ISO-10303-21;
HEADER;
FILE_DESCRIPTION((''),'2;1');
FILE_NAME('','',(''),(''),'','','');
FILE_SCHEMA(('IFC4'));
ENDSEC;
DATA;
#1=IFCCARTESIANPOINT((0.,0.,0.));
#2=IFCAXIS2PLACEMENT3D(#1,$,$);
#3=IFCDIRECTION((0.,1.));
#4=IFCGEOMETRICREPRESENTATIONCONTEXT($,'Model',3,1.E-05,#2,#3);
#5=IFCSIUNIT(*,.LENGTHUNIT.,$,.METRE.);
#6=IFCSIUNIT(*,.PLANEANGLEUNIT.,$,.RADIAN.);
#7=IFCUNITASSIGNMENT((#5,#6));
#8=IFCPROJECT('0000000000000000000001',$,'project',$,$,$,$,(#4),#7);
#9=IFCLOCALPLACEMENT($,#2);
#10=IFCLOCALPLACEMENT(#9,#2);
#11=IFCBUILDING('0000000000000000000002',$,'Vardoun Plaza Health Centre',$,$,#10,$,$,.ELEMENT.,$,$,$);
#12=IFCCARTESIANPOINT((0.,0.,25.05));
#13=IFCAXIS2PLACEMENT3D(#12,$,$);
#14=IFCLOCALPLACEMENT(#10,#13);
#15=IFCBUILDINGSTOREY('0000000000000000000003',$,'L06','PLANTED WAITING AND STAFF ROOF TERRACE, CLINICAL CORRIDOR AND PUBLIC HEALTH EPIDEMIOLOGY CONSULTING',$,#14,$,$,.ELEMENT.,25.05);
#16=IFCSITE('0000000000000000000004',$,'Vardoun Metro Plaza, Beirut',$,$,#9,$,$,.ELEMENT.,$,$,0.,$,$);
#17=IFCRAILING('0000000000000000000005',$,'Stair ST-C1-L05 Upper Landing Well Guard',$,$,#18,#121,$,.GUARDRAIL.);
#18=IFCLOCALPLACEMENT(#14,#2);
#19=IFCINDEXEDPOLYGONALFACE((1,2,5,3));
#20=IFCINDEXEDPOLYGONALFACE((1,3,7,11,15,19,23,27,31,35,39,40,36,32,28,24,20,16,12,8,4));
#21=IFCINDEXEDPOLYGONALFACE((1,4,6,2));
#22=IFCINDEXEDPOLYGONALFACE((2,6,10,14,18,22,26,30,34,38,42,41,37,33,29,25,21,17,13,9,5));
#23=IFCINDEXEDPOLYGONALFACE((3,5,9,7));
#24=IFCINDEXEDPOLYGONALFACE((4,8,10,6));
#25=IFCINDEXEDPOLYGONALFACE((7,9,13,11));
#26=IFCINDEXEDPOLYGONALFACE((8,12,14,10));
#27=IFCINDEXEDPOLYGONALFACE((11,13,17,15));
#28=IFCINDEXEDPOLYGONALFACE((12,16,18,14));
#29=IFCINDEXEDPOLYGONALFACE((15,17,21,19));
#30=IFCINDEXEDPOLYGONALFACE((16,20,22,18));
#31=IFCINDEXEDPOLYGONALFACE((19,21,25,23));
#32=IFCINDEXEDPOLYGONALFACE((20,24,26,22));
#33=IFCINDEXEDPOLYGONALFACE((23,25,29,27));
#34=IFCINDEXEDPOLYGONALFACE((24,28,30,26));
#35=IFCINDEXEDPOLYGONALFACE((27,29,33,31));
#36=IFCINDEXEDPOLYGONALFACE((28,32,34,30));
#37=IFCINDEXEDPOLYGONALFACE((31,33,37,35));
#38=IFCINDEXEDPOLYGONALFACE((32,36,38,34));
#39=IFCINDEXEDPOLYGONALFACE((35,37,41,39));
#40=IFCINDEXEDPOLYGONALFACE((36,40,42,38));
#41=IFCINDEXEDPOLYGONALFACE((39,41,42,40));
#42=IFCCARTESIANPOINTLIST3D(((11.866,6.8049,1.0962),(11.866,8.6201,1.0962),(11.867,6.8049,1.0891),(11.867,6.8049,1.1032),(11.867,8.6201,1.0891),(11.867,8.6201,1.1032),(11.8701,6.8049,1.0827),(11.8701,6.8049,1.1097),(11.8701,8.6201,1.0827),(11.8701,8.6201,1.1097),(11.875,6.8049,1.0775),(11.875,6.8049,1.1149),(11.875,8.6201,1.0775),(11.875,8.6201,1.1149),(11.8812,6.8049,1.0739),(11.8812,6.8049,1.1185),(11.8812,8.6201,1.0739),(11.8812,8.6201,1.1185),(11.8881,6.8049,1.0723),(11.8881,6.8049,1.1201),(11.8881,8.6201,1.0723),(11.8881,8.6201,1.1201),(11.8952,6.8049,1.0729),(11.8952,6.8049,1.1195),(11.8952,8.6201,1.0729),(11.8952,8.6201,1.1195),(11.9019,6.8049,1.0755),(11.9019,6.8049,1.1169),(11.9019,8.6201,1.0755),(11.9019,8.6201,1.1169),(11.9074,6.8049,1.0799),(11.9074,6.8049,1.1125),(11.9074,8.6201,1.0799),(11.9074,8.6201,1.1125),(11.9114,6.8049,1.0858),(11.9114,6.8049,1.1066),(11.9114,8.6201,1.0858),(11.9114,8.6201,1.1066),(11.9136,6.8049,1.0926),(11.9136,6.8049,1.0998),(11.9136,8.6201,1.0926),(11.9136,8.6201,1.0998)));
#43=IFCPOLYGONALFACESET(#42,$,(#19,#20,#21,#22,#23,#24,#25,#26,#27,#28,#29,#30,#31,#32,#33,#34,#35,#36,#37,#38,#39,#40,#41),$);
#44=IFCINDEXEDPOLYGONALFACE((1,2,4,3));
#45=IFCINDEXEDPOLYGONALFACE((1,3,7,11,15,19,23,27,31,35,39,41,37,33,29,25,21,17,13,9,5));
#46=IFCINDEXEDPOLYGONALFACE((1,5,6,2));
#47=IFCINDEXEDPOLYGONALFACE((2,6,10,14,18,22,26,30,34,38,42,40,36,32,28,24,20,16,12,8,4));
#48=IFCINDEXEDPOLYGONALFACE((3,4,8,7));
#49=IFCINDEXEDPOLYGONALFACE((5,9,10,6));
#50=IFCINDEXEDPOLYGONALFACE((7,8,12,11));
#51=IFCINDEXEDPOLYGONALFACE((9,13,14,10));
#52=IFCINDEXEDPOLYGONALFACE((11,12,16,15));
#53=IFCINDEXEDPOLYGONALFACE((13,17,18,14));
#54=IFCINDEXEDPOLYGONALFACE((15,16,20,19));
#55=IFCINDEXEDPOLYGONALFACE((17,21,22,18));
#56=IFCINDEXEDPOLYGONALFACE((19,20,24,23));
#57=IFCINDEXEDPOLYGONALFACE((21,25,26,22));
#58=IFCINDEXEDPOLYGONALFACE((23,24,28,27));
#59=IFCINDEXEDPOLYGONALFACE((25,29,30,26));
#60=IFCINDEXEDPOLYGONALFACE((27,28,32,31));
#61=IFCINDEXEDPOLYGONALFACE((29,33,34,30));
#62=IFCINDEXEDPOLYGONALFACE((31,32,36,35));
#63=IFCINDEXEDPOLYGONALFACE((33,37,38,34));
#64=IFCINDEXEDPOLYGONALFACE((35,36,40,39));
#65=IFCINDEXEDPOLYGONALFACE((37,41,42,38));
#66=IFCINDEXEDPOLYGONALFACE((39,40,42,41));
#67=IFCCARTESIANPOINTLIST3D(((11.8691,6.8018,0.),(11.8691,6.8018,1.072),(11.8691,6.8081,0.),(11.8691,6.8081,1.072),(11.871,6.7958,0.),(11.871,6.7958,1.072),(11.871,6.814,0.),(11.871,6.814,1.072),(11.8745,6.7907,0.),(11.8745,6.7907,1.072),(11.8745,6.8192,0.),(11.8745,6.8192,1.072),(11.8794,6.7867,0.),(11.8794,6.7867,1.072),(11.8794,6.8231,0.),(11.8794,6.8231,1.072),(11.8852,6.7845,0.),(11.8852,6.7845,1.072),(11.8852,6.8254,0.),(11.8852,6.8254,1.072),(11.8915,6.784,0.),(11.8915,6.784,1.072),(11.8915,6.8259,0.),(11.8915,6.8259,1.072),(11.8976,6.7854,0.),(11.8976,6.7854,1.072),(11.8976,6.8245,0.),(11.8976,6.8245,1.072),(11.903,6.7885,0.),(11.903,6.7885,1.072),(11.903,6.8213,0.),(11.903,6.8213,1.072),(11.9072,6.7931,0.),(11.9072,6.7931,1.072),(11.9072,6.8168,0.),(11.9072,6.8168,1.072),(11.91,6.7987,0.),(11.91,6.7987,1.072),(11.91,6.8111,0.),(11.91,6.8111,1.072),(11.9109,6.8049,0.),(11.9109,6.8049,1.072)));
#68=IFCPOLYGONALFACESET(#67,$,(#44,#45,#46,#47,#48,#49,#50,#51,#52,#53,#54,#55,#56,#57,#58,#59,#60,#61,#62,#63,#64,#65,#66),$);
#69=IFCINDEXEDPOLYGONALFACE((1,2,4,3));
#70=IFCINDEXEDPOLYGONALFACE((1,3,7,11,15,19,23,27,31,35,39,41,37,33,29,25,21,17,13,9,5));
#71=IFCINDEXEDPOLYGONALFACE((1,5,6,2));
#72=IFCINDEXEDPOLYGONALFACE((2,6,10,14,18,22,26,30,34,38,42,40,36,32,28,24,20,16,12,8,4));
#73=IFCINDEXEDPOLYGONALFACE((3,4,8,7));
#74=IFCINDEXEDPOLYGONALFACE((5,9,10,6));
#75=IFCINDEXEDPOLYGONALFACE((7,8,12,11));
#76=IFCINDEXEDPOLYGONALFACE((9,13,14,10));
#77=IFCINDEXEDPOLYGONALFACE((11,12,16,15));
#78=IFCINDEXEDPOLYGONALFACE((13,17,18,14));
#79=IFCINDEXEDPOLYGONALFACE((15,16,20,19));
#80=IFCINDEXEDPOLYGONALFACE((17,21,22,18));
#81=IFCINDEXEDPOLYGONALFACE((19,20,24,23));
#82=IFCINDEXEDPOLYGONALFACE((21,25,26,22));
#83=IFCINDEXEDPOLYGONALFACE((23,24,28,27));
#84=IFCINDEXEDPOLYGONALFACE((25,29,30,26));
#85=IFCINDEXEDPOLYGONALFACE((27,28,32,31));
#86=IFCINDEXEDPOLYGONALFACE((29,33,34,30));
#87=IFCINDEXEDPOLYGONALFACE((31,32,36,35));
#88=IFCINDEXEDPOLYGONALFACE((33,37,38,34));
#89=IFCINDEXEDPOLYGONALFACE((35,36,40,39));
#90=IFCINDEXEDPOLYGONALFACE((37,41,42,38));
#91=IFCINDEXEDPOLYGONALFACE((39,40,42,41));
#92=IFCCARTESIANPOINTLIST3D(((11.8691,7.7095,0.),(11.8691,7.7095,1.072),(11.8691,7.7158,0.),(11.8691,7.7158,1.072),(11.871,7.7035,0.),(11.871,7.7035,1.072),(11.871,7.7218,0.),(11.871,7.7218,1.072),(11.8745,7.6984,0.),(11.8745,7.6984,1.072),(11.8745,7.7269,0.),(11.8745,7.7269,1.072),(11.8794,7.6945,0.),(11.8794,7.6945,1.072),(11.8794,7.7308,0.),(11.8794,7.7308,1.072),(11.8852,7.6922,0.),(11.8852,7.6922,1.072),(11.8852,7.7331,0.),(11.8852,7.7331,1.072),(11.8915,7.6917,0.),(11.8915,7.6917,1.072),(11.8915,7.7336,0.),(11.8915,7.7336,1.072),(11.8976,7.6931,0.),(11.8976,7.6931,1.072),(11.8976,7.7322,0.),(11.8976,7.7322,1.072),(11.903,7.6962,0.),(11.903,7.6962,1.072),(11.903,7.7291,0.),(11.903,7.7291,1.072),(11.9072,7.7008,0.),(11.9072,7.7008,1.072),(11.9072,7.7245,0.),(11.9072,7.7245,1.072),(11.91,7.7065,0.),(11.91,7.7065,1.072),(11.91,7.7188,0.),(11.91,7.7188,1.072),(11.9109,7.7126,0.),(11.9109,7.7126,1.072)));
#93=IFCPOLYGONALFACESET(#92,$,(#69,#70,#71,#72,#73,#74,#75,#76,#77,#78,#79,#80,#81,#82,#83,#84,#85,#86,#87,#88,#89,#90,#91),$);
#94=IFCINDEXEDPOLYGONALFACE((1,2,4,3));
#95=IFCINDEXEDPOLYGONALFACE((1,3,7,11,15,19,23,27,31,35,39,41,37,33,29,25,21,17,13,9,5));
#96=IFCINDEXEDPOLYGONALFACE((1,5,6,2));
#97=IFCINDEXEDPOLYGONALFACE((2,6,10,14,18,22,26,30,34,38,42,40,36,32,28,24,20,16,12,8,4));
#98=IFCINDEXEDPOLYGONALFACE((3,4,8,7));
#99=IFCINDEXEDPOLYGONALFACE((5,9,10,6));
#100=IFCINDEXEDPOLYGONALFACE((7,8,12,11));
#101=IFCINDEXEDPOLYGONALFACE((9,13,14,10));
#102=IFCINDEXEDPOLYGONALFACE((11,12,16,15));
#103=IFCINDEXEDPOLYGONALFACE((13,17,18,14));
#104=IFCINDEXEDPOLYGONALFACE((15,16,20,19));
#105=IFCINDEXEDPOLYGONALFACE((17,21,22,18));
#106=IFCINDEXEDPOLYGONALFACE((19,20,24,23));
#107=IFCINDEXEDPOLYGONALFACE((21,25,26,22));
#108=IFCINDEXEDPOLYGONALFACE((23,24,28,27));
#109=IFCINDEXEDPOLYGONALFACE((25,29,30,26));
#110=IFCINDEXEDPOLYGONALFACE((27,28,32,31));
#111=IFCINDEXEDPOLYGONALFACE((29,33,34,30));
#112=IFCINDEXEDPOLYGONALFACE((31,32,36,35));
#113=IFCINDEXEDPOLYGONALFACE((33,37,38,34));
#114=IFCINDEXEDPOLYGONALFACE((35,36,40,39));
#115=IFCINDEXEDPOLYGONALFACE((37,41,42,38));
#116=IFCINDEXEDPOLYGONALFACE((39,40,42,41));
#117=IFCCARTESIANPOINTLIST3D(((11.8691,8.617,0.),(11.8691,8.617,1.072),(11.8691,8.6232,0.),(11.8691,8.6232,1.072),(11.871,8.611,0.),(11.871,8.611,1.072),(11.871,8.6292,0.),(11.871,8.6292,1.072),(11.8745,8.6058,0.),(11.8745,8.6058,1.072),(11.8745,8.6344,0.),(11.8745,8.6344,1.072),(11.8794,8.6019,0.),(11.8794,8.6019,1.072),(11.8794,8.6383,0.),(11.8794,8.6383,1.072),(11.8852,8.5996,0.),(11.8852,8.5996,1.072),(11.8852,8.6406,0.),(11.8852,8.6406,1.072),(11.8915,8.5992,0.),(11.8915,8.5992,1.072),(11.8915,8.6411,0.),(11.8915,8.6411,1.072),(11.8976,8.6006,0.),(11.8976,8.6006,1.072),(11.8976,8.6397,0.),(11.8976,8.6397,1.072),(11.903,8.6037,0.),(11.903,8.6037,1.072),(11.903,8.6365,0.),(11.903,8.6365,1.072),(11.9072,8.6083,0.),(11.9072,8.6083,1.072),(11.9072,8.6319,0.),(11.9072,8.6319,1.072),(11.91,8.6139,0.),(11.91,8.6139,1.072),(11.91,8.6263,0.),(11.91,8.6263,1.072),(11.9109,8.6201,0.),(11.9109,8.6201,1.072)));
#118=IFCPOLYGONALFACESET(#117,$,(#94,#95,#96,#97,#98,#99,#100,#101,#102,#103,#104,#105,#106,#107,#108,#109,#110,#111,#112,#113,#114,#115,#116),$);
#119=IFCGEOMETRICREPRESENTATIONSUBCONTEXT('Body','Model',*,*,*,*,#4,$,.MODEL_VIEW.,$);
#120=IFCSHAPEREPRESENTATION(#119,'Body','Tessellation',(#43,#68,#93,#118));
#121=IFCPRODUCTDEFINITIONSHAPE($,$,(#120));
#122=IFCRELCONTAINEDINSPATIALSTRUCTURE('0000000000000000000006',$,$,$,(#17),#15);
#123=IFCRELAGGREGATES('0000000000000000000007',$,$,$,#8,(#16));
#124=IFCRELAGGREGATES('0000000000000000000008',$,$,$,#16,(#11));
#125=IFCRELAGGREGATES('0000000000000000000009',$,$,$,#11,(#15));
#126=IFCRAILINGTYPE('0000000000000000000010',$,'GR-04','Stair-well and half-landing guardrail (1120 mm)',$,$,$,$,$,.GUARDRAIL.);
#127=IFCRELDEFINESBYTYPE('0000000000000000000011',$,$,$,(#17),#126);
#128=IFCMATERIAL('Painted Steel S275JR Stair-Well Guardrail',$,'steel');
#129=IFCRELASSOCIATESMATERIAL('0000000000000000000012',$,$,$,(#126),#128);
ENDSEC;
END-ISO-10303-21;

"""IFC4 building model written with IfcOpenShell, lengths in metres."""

from ifc_helpers import new_model, si_unit, direction, frame, origin, origin_2d, place, context, subcontext, project, spatial, circle, extrude, material, type_object, element, save


model = new_model("IFC4")

# Units and contexts
model_context = context("Model", 3, precision=1e-05, world=origin(), true_north=direction((0.0, 1.0)))
body_context = subcontext(model_context, "Body", "Model", "MODEL_VIEW")
ifc_project = project(units=[si_unit("LENGTHUNIT", "METRE"), si_unit("PLANEANGLEUNIT", "RADIAN")], contexts=[model_context])

# Site, building, storey
site_placement = place(None, origin())
site = spatial("IfcSite", under=ifc_project, at=site_placement, Name="Vardoun Metro Plaza, Beirut", CompositionType="ELEMENT", RefElevation=0.0)
building_placement = place(site_placement, origin())
building = spatial("IfcBuilding", under=site, at=building_placement, Name="Vardoun Plaza Health Centre", CompositionType="ELEMENT")
storey_placement = place(building_placement, frame((0.0, 0.0, 25.05)))
storey = spatial("IfcBuildingStorey", under=building, at=storey_placement, Name="L06", Description="PLANTED WAITING AND STAFF ROOF TERRACE, CLINICAL CORRIDOR AND PUBLIC HEALTH EPIDEMIOLOGY CONSULTING", CompositionType="ELEMENT", Elevation=25.05)

# Railing
ifc_material_1 = material(Name="Painted Steel S275JR Stair-Well Guardrail", Category="steel")
railing_type = type_object("IfcRailingType", Name="GR-04", Description="Stair-well and half-landing guardrail (1120 mm)", PredefinedType="GUARDRAIL", material=ifc_material_1)
railing_placement = place(storey_placement, frame((11.8899, 6.8049, 0.0)))
element("IfcRailing", 1, at=railing_placement, inside=storey, type_object=railing_type, Name="Stair ST-C1-L05 Upper Landing Well Guard", PredefinedType="GUARDRAIL", context=body_context, shape_type="SweptSolid", body=[
    extrude(circle(Radius=0.0239, at=origin_2d()), frame((0.0, 0.0, 1.0962), z_axis=(0.0, 1.0, 0.0), x_axis=(-1.0, 0.0, 0.0)), (0.0, 0.0, 1.0), 1.8152),
    extrude(circle(Radius=0.021, at=origin_2d()), origin(), (0.0, 0.0, 1.0), 1.072),
    extrude(circle(Radius=0.021, at=origin_2d()), frame((0.0, 0.9077, 0.0)), (0.0, 0.0, 1.0), 1.072),
    extrude(circle(Radius=0.021, at=origin_2d()), frame((0.0, 1.8152, 0.0)), (0.0, 0.0, 1.0), 1.072),
])

save(model, "model.ifc")
